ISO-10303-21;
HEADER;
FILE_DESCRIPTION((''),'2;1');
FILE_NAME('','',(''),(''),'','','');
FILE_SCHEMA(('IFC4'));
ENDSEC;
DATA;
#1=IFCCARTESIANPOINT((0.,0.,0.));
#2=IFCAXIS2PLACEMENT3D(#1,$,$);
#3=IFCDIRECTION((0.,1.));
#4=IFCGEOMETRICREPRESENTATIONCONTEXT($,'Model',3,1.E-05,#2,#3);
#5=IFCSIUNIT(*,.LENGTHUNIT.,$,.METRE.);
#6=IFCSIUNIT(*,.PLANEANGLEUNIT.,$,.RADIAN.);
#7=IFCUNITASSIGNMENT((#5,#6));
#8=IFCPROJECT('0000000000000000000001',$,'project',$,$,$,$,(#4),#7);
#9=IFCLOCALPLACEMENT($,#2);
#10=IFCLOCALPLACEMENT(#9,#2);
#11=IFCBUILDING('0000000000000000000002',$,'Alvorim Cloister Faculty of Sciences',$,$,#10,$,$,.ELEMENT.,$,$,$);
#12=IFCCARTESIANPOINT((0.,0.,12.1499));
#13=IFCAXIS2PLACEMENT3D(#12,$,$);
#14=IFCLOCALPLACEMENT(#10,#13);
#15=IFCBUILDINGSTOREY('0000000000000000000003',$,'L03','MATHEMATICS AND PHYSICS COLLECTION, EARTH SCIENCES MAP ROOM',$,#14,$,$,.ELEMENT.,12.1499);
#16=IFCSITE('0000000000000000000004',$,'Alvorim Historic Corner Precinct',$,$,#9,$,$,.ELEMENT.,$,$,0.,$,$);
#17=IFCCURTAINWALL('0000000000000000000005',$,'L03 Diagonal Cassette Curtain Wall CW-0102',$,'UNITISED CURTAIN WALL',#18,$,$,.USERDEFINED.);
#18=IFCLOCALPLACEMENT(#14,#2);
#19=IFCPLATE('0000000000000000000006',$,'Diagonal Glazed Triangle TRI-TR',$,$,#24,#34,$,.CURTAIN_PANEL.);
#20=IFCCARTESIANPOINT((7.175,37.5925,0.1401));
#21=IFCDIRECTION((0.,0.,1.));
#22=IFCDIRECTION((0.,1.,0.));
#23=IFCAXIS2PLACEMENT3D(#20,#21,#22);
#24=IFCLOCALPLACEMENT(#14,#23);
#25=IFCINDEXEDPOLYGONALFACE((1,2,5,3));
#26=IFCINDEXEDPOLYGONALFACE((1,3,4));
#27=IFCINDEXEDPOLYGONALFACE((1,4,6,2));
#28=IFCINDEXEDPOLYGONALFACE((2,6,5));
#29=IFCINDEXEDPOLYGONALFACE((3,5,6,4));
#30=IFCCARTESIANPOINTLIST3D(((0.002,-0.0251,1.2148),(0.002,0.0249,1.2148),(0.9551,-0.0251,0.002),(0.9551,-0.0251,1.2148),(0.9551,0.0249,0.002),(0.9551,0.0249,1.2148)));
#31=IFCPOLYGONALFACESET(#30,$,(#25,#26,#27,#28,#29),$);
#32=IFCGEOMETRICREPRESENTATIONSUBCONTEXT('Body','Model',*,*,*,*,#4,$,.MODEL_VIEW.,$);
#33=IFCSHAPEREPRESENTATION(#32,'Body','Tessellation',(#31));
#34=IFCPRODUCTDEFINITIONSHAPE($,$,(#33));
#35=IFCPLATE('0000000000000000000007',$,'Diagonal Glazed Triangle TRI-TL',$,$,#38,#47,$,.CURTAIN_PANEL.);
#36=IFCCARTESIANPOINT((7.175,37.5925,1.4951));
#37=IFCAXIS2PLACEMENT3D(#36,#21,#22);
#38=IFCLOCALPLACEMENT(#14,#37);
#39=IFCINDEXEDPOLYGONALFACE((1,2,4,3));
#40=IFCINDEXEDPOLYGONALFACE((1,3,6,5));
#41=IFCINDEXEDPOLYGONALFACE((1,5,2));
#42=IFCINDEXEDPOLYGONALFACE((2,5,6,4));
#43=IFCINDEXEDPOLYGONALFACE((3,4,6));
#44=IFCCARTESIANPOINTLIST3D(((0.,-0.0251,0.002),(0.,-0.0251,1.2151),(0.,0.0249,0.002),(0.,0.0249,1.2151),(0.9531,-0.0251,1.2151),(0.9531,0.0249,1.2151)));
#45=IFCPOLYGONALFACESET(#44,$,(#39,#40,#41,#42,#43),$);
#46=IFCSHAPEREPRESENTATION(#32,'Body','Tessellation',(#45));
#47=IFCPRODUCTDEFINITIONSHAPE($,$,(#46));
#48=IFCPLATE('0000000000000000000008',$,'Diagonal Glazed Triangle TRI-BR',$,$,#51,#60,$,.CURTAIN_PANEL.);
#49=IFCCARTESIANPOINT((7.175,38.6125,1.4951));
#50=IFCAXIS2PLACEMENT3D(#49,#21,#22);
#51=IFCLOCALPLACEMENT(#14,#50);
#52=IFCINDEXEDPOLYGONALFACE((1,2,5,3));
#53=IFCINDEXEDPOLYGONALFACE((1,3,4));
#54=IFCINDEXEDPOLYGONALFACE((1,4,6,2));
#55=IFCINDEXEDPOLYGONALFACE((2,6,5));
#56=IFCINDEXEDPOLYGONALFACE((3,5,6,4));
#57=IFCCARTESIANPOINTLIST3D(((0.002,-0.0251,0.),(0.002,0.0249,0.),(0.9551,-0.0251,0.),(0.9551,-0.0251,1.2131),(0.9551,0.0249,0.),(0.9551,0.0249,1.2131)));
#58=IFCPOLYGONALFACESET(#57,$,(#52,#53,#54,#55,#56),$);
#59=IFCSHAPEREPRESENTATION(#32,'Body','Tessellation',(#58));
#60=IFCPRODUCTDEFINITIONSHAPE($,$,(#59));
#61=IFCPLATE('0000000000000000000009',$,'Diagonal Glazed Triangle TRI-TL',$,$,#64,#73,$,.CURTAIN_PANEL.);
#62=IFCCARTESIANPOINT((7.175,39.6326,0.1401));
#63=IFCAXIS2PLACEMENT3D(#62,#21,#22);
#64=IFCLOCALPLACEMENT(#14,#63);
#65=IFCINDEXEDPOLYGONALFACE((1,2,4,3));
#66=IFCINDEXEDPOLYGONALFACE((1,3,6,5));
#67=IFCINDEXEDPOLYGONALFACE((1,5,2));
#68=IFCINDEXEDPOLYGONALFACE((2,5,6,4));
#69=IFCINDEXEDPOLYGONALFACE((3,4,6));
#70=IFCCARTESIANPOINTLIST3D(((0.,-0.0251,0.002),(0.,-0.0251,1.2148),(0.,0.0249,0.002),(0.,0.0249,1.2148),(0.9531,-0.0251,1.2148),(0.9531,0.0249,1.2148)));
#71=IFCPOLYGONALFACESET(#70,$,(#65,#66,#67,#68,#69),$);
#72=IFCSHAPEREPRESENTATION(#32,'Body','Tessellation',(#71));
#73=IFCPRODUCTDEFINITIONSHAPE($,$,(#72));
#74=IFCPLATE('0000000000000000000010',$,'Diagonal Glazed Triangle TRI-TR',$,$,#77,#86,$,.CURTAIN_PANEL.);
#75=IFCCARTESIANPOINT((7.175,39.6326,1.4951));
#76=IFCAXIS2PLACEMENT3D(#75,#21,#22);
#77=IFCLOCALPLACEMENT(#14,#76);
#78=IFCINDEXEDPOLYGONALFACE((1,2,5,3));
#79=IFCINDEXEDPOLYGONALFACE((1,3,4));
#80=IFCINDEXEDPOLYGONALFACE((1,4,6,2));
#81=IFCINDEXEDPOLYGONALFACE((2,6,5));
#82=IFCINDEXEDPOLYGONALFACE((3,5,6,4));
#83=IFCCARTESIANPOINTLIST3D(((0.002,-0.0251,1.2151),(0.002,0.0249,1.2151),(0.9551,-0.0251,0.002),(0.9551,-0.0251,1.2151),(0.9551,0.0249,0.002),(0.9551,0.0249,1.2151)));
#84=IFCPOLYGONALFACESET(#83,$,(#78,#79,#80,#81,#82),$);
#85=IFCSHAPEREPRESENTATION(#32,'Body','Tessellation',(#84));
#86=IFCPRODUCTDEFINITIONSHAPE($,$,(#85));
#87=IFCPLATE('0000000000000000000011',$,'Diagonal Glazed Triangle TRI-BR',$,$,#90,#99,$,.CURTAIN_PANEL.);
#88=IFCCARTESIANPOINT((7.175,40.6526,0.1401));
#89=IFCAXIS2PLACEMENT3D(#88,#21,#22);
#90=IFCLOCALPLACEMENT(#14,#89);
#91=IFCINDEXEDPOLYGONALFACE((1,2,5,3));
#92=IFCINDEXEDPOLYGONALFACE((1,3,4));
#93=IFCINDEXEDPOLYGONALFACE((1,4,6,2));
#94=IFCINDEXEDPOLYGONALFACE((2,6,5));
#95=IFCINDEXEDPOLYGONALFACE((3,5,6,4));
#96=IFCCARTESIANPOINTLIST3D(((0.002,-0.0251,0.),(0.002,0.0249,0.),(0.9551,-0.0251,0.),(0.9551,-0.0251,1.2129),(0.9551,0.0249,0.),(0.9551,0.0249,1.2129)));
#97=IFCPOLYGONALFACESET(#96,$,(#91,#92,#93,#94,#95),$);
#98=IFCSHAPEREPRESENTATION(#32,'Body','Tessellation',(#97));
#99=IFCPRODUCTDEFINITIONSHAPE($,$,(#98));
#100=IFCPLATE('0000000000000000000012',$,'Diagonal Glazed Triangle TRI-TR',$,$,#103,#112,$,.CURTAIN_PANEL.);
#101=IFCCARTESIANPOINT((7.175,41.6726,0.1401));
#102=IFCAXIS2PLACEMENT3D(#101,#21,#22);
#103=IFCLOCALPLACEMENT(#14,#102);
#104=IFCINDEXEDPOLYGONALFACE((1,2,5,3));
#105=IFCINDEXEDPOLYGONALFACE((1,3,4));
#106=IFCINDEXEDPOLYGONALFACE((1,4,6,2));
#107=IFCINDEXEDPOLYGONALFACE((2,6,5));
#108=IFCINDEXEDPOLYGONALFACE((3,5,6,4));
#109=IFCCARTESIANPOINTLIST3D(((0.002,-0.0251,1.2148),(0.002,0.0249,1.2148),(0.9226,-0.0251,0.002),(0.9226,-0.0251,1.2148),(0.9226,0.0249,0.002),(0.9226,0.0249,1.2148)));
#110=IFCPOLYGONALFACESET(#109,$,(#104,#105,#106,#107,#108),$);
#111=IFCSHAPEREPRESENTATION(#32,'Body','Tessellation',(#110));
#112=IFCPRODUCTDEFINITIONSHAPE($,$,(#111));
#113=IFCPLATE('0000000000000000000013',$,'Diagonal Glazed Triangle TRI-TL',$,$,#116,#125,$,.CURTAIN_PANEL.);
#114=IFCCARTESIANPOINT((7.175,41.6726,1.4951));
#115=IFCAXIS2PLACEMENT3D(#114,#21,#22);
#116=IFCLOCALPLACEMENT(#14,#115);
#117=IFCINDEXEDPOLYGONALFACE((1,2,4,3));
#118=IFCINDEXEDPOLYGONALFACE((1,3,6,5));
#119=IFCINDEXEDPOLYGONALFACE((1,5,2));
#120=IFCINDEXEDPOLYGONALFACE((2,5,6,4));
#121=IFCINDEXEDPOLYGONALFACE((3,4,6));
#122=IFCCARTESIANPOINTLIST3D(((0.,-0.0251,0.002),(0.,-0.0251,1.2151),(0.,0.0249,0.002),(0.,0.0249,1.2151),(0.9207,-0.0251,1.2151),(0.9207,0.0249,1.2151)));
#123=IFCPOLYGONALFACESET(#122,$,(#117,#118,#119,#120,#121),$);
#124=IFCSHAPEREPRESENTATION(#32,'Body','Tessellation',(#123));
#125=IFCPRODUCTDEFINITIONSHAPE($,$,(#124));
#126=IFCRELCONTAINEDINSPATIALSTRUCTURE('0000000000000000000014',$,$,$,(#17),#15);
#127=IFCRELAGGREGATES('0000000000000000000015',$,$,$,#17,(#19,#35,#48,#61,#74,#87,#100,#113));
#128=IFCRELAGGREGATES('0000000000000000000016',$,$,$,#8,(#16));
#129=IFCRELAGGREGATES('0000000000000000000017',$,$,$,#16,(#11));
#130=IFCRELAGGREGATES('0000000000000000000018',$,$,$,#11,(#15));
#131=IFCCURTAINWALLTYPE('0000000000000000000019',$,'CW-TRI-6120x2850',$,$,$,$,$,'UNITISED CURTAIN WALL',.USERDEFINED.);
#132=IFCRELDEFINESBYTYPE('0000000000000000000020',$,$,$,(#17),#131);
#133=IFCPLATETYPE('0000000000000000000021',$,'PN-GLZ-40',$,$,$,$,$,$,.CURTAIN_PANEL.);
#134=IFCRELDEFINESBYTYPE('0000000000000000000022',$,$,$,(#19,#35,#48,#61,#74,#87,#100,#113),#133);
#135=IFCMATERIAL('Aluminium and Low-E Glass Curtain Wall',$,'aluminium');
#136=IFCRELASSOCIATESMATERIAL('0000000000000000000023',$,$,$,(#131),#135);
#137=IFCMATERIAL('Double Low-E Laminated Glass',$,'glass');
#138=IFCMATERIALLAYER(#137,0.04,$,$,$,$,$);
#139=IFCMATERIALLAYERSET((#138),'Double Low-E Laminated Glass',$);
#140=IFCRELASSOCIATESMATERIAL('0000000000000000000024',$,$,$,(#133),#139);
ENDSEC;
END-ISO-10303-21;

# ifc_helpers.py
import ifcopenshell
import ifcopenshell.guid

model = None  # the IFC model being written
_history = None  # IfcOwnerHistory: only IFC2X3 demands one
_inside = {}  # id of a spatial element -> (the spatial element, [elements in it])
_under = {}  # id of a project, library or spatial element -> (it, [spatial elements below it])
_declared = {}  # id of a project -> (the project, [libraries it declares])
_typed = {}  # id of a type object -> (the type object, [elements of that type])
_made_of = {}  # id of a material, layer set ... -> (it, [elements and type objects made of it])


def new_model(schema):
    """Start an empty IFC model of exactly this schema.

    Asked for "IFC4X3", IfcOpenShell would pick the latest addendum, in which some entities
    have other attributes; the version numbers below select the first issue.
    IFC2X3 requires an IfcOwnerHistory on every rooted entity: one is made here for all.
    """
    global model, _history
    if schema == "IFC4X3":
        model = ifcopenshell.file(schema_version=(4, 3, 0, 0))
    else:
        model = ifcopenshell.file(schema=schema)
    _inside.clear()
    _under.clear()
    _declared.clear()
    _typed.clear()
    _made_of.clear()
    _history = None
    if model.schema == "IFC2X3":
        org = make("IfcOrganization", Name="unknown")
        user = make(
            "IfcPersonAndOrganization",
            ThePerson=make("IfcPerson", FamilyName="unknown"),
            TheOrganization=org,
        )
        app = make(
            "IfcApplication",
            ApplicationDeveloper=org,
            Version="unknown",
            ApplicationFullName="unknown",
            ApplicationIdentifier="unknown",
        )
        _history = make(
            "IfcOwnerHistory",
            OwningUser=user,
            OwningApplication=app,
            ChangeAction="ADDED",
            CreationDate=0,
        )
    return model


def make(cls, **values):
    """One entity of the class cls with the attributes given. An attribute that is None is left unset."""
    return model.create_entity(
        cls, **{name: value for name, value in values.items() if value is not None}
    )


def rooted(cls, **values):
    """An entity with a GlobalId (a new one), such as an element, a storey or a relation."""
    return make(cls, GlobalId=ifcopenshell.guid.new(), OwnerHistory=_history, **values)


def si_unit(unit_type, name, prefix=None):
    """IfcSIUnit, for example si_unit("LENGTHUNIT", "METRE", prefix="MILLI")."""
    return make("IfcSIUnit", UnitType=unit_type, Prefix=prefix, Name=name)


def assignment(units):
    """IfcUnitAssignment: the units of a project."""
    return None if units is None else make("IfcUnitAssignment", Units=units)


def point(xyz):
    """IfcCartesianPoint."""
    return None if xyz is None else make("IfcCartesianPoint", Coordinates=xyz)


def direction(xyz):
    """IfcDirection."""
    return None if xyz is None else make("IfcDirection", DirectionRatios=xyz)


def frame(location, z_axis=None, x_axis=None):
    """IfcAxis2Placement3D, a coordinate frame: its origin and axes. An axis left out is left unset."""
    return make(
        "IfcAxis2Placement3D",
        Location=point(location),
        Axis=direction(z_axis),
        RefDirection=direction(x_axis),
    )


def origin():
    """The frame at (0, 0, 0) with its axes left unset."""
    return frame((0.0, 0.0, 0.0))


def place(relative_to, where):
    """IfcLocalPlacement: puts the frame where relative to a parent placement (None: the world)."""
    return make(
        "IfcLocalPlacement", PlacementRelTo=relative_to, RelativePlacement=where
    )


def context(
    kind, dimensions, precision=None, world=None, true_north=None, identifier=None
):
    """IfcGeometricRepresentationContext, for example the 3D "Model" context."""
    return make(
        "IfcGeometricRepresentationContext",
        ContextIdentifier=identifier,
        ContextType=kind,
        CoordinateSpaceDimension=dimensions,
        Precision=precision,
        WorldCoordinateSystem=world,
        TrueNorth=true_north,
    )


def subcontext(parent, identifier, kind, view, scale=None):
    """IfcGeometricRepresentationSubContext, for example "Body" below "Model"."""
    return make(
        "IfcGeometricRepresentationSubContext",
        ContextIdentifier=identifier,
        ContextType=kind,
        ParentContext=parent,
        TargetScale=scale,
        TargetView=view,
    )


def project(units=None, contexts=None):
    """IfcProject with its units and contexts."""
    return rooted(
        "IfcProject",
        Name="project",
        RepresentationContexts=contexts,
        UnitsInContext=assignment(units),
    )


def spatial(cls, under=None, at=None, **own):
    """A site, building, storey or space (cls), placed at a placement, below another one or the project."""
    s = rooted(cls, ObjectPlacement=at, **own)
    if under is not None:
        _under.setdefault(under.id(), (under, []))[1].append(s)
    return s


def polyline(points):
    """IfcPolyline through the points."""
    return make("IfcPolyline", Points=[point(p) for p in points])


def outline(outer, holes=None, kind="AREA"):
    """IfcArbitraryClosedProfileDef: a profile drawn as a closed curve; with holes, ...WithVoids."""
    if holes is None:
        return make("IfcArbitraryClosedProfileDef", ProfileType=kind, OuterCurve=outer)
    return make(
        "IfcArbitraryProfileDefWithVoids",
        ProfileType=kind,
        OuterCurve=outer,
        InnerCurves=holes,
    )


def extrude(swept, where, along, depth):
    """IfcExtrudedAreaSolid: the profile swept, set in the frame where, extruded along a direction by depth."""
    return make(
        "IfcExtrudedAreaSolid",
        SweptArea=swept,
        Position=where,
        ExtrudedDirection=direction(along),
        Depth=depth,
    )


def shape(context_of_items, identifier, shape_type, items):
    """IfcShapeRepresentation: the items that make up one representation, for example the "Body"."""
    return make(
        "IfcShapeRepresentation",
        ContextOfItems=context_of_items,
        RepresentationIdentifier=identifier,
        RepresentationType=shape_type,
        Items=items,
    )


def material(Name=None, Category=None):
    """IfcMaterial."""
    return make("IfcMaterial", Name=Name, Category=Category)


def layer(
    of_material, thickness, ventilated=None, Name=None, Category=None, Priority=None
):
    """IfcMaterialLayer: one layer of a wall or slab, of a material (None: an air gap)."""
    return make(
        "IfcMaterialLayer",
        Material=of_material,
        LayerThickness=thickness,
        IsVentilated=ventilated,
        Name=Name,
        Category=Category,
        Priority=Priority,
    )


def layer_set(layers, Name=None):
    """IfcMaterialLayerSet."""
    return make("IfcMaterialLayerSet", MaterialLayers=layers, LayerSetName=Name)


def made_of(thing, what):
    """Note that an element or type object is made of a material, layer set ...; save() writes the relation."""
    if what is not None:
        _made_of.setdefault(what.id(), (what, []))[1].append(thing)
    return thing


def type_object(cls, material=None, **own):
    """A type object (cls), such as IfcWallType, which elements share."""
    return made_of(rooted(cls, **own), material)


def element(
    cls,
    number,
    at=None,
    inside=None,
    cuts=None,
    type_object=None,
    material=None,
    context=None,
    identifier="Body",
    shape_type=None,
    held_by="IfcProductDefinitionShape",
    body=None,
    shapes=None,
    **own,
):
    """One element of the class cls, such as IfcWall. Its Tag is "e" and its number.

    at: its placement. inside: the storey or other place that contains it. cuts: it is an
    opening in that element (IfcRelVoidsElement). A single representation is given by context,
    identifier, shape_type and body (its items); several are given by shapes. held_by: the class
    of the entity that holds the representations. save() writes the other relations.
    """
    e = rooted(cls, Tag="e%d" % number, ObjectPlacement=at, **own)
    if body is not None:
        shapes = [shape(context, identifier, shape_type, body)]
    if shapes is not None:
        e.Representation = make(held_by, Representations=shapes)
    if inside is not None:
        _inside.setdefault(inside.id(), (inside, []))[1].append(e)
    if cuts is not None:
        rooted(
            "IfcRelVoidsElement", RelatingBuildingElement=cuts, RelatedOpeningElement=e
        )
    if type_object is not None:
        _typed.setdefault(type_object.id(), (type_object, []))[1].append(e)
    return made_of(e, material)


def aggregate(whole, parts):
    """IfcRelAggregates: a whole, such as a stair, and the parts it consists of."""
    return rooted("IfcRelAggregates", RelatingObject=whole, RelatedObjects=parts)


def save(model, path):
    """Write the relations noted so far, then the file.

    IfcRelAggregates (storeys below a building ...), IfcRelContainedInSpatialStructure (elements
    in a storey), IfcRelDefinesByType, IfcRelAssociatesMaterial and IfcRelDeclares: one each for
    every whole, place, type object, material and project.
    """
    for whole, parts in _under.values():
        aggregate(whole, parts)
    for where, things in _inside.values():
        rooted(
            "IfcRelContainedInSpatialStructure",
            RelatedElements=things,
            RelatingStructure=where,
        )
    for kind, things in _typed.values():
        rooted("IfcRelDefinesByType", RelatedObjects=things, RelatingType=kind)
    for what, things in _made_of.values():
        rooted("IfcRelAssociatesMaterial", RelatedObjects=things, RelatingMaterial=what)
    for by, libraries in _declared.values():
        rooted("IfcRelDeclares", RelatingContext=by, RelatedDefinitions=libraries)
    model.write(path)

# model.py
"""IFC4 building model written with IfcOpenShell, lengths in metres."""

from ifc_helpers import new_model, si_unit, direction, frame, origin, place, context, subcontext, project, spatial, polyline, outline, extrude, material, layer, layer_set, type_object, element, aggregate, save


model = new_model("IFC4")

# Units and contexts
model_context = context("Model", 3, precision=1e-05, world=origin(), true_north=direction((0.0, 1.0)))
body_context = subcontext(model_context, "Body", "Model", "MODEL_VIEW")
ifc_project = project(units=[si_unit("LENGTHUNIT", "METRE"), si_unit("PLANEANGLEUNIT", "RADIAN")], contexts=[model_context])

# Site, building, storey
site_placement = place(None, origin())
site = spatial("IfcSite", under=ifc_project, at=site_placement, Name="Alvorim Historic Corner Precinct", CompositionType="ELEMENT", RefElevation=0.0)
building_placement = place(site_placement, origin())
building = spatial("IfcBuilding", under=site, at=building_placement, Name="Alvorim Cloister Faculty of Sciences", CompositionType="ELEMENT")
storey_placement = place(building_placement, frame((0.0, 0.0, 12.1499)))
storey = spatial("IfcBuildingStorey", under=building, at=storey_placement, Name="L03", Description="MATHEMATICS AND PHYSICS COLLECTION, EARTH SCIENCES MAP ROOM", CompositionType="ELEMENT", Elevation=12.1499)

# Curtain wall, plates
ifc_material_1 = material(Name="Aluminium and Low-E Glass Curtain Wall", Category="aluminium")
curtain_wall_type = type_object("IfcCurtainWallType", Name="CW-TRI-6120x2850", ElementType="UNITISED CURTAIN WALL", PredefinedType="USERDEFINED", material=ifc_material_1)
curtain_wall_placement = place(storey_placement, origin())
curtain_wall = element("IfcCurtainWall", 1, at=curtain_wall_placement, inside=storey, type_object=curtain_wall_type, Name="L03 Diagonal Cassette Curtain Wall CW-0102", ObjectType="UNITISED CURTAIN WALL", PredefinedType="USERDEFINED")
ifc_material_2 = material(Name="Double Low-E Laminated Glass", Category="glass")
ifc_layer_1 = layer(ifc_material_2, 0.04)
ifc_layer_set_1 = layer_set([ifc_layer_1], Name="Double Low-E Laminated Glass")
plate_type_1 = type_object("IfcPlateType", Name="PN-GLZ-40", PredefinedType="CURTAIN_PANEL", material=ifc_layer_set_1)
plate_1_placement = place(storey_placement, frame((7.175, 37.5925, 0.1401), z_axis=(0.0, 0.0, 1.0), x_axis=(0.0, 1.0, 0.0)))
plate_1 = element("IfcPlate", 2, at=plate_1_placement, type_object=plate_type_1, Name="Diagonal Glazed Triangle TRI-TR", PredefinedType="CURTAIN_PANEL", context=body_context, shape_type="SweptSolid", body=[
    extrude(outline(polyline([(0.9551, 0.002), (0.9551, 1.2148), (0.002, 1.2148), (0.9551, 0.002)])), frame((0.0, 0.0249, 0.0), z_axis=(0.0, -1.0, 0.0), x_axis=(1.0, 0.0, 0.0)), (0.0, 0.0, 1.0), 0.05),
])
plate_2_placement = place(storey_placement, frame((7.175, 37.5925, 1.4951), z_axis=(0.0, 0.0, 1.0), x_axis=(0.0, 1.0, 0.0)))
plate_2 = element("IfcPlate", 3, at=plate_2_placement, type_object=plate_type_1, Name="Diagonal Glazed Triangle TRI-TL", PredefinedType="CURTAIN_PANEL", context=body_context, shape_type="SweptSolid", body=[
    extrude(outline(polyline([(0.9531, 1.2151), (0.0, 1.2151), (0.0, 0.002), (0.9531, 1.2151)])), frame((0.0, 0.0249, 0.0), z_axis=(0.0, -1.0, 0.0), x_axis=(1.0, 0.0, 0.0)), (0.0, 0.0, 1.0), 0.05),
])
plate_3_placement = place(storey_placement, frame((7.175, 38.6125, 1.4951), z_axis=(0.0, 0.0, 1.0), x_axis=(0.0, 1.0, 0.0)))
plate_3 = element("IfcPlate", 4, at=plate_3_placement, type_object=plate_type_1, Name="Diagonal Glazed Triangle TRI-BR", PredefinedType="CURTAIN_PANEL", context=body_context, shape_type="SweptSolid", body=[
    extrude(outline(polyline([(0.002, 0.0), (0.9551, 0.0), (0.9551, 1.2131), (0.002, 0.0)])), frame((0.0, 0.0249, 0.0), z_axis=(0.0, -1.0, 0.0), x_axis=(1.0, 0.0, 0.0)), (0.0, 0.0, 1.0), 0.05),
])
plate_4_placement = place(storey_placement, frame((7.175, 39.6326, 0.1401), z_axis=(0.0, 0.0, 1.0), x_axis=(0.0, 1.0, 0.0)))
plate_4 = element("IfcPlate", 5, at=plate_4_placement, type_object=plate_type_1, Name="Diagonal Glazed Triangle TRI-TL", PredefinedType="CURTAIN_PANEL", context=body_context, shape_type="SweptSolid", body=[
    extrude(outline(polyline([(0.9531, 1.2148), (0.0, 1.2148), (0.0, 0.002), (0.9531, 1.2148)])), frame((0.0, 0.0249, 0.0), z_axis=(0.0, -1.0, 0.0), x_axis=(1.0, 0.0, 0.0)), (0.0, 0.0, 1.0), 0.05),
])
plate_5_placement = place(storey_placement, frame((7.175, 39.6326, 1.4951), z_axis=(0.0, 0.0, 1.0), x_axis=(0.0, 1.0, 0.0)))
plate_5 = element("IfcPlate", 6, at=plate_5_placement, type_object=plate_type_1, Name="Diagonal Glazed Triangle TRI-TR", PredefinedType="CURTAIN_PANEL", context=body_context, shape_type="SweptSolid", body=[
    extrude(outline(polyline([(0.9551, 0.002), (0.9551, 1.2151), (0.002, 1.2151), (0.9551, 0.002)])), frame((0.0, 0.0249, 0.0), z_axis=(0.0, -1.0, 0.0), x_axis=(1.0, 0.0, 0.0)), (0.0, 0.0, 1.0), 0.05),
])
plate_6_placement = place(storey_placement, frame((7.175, 40.6526, 0.1401), z_axis=(0.0, 0.0, 1.0), x_axis=(0.0, 1.0, 0.0)))
plate_6 = element("IfcPlate", 7, at=plate_6_placement, type_object=plate_type_1, Name="Diagonal Glazed Triangle TRI-BR", PredefinedType="CURTAIN_PANEL", context=body_context, shape_type="SweptSolid", body=[
    extrude(outline(polyline([(0.002, 0.0), (0.9551, 0.0), (0.9551, 1.2129), (0.002, 0.0)])), frame((0.0, 0.0249, 0.0), z_axis=(0.0, -1.0, 0.0), x_axis=(1.0, 0.0, 0.0)), (0.0, 0.0, 1.0), 0.05),
])
plate_7_placement = place(storey_placement, frame((7.175, 41.6726, 0.1401), z_axis=(0.0, 0.0, 1.0), x_axis=(0.0, 1.0, 0.0)))
plate_7 = element("IfcPlate", 8, at=plate_7_placement, type_object=plate_type_1, Name="Diagonal Glazed Triangle TRI-TR", PredefinedType="CURTAIN_PANEL", context=body_context, shape_type="SweptSolid", body=[
    extrude(outline(polyline([(0.9226, 0.002), (0.9226, 1.2148), (0.002, 1.2148), (0.9226, 0.002)])), frame((0.0, 0.0249, 0.0), z_axis=(0.0, -1.0, 0.0), x_axis=(1.0, 0.0, 0.0)), (0.0, 0.0, 1.0), 0.05),
])
plate_8_placement = place(storey_placement, frame((7.175, 41.6726, 1.4951), z_axis=(0.0, 0.0, 1.0), x_axis=(0.0, 1.0, 0.0)))
plate_8 = element("IfcPlate", 9, at=plate_8_placement, type_object=plate_type_1, Name="Diagonal Glazed Triangle TRI-TL", PredefinedType="CURTAIN_PANEL", context=body_context, shape_type="SweptSolid", body=[
    extrude(outline(polyline([(0.9207, 1.2151), (0.0, 1.2151), (0.0, 0.002), (0.9207, 1.2151)])), frame((0.0, 0.0249, 0.0), z_axis=(0.0, -1.0, 0.0), x_axis=(1.0, 0.0, 0.0)), (0.0, 0.0, 1.0), 0.05),
])
aggregate(curtain_wall, [plate_1, plate_2, plate_3, plate_4, plate_5, plate_6, plate_7, plate_8])

save(model, "model.ifc")
